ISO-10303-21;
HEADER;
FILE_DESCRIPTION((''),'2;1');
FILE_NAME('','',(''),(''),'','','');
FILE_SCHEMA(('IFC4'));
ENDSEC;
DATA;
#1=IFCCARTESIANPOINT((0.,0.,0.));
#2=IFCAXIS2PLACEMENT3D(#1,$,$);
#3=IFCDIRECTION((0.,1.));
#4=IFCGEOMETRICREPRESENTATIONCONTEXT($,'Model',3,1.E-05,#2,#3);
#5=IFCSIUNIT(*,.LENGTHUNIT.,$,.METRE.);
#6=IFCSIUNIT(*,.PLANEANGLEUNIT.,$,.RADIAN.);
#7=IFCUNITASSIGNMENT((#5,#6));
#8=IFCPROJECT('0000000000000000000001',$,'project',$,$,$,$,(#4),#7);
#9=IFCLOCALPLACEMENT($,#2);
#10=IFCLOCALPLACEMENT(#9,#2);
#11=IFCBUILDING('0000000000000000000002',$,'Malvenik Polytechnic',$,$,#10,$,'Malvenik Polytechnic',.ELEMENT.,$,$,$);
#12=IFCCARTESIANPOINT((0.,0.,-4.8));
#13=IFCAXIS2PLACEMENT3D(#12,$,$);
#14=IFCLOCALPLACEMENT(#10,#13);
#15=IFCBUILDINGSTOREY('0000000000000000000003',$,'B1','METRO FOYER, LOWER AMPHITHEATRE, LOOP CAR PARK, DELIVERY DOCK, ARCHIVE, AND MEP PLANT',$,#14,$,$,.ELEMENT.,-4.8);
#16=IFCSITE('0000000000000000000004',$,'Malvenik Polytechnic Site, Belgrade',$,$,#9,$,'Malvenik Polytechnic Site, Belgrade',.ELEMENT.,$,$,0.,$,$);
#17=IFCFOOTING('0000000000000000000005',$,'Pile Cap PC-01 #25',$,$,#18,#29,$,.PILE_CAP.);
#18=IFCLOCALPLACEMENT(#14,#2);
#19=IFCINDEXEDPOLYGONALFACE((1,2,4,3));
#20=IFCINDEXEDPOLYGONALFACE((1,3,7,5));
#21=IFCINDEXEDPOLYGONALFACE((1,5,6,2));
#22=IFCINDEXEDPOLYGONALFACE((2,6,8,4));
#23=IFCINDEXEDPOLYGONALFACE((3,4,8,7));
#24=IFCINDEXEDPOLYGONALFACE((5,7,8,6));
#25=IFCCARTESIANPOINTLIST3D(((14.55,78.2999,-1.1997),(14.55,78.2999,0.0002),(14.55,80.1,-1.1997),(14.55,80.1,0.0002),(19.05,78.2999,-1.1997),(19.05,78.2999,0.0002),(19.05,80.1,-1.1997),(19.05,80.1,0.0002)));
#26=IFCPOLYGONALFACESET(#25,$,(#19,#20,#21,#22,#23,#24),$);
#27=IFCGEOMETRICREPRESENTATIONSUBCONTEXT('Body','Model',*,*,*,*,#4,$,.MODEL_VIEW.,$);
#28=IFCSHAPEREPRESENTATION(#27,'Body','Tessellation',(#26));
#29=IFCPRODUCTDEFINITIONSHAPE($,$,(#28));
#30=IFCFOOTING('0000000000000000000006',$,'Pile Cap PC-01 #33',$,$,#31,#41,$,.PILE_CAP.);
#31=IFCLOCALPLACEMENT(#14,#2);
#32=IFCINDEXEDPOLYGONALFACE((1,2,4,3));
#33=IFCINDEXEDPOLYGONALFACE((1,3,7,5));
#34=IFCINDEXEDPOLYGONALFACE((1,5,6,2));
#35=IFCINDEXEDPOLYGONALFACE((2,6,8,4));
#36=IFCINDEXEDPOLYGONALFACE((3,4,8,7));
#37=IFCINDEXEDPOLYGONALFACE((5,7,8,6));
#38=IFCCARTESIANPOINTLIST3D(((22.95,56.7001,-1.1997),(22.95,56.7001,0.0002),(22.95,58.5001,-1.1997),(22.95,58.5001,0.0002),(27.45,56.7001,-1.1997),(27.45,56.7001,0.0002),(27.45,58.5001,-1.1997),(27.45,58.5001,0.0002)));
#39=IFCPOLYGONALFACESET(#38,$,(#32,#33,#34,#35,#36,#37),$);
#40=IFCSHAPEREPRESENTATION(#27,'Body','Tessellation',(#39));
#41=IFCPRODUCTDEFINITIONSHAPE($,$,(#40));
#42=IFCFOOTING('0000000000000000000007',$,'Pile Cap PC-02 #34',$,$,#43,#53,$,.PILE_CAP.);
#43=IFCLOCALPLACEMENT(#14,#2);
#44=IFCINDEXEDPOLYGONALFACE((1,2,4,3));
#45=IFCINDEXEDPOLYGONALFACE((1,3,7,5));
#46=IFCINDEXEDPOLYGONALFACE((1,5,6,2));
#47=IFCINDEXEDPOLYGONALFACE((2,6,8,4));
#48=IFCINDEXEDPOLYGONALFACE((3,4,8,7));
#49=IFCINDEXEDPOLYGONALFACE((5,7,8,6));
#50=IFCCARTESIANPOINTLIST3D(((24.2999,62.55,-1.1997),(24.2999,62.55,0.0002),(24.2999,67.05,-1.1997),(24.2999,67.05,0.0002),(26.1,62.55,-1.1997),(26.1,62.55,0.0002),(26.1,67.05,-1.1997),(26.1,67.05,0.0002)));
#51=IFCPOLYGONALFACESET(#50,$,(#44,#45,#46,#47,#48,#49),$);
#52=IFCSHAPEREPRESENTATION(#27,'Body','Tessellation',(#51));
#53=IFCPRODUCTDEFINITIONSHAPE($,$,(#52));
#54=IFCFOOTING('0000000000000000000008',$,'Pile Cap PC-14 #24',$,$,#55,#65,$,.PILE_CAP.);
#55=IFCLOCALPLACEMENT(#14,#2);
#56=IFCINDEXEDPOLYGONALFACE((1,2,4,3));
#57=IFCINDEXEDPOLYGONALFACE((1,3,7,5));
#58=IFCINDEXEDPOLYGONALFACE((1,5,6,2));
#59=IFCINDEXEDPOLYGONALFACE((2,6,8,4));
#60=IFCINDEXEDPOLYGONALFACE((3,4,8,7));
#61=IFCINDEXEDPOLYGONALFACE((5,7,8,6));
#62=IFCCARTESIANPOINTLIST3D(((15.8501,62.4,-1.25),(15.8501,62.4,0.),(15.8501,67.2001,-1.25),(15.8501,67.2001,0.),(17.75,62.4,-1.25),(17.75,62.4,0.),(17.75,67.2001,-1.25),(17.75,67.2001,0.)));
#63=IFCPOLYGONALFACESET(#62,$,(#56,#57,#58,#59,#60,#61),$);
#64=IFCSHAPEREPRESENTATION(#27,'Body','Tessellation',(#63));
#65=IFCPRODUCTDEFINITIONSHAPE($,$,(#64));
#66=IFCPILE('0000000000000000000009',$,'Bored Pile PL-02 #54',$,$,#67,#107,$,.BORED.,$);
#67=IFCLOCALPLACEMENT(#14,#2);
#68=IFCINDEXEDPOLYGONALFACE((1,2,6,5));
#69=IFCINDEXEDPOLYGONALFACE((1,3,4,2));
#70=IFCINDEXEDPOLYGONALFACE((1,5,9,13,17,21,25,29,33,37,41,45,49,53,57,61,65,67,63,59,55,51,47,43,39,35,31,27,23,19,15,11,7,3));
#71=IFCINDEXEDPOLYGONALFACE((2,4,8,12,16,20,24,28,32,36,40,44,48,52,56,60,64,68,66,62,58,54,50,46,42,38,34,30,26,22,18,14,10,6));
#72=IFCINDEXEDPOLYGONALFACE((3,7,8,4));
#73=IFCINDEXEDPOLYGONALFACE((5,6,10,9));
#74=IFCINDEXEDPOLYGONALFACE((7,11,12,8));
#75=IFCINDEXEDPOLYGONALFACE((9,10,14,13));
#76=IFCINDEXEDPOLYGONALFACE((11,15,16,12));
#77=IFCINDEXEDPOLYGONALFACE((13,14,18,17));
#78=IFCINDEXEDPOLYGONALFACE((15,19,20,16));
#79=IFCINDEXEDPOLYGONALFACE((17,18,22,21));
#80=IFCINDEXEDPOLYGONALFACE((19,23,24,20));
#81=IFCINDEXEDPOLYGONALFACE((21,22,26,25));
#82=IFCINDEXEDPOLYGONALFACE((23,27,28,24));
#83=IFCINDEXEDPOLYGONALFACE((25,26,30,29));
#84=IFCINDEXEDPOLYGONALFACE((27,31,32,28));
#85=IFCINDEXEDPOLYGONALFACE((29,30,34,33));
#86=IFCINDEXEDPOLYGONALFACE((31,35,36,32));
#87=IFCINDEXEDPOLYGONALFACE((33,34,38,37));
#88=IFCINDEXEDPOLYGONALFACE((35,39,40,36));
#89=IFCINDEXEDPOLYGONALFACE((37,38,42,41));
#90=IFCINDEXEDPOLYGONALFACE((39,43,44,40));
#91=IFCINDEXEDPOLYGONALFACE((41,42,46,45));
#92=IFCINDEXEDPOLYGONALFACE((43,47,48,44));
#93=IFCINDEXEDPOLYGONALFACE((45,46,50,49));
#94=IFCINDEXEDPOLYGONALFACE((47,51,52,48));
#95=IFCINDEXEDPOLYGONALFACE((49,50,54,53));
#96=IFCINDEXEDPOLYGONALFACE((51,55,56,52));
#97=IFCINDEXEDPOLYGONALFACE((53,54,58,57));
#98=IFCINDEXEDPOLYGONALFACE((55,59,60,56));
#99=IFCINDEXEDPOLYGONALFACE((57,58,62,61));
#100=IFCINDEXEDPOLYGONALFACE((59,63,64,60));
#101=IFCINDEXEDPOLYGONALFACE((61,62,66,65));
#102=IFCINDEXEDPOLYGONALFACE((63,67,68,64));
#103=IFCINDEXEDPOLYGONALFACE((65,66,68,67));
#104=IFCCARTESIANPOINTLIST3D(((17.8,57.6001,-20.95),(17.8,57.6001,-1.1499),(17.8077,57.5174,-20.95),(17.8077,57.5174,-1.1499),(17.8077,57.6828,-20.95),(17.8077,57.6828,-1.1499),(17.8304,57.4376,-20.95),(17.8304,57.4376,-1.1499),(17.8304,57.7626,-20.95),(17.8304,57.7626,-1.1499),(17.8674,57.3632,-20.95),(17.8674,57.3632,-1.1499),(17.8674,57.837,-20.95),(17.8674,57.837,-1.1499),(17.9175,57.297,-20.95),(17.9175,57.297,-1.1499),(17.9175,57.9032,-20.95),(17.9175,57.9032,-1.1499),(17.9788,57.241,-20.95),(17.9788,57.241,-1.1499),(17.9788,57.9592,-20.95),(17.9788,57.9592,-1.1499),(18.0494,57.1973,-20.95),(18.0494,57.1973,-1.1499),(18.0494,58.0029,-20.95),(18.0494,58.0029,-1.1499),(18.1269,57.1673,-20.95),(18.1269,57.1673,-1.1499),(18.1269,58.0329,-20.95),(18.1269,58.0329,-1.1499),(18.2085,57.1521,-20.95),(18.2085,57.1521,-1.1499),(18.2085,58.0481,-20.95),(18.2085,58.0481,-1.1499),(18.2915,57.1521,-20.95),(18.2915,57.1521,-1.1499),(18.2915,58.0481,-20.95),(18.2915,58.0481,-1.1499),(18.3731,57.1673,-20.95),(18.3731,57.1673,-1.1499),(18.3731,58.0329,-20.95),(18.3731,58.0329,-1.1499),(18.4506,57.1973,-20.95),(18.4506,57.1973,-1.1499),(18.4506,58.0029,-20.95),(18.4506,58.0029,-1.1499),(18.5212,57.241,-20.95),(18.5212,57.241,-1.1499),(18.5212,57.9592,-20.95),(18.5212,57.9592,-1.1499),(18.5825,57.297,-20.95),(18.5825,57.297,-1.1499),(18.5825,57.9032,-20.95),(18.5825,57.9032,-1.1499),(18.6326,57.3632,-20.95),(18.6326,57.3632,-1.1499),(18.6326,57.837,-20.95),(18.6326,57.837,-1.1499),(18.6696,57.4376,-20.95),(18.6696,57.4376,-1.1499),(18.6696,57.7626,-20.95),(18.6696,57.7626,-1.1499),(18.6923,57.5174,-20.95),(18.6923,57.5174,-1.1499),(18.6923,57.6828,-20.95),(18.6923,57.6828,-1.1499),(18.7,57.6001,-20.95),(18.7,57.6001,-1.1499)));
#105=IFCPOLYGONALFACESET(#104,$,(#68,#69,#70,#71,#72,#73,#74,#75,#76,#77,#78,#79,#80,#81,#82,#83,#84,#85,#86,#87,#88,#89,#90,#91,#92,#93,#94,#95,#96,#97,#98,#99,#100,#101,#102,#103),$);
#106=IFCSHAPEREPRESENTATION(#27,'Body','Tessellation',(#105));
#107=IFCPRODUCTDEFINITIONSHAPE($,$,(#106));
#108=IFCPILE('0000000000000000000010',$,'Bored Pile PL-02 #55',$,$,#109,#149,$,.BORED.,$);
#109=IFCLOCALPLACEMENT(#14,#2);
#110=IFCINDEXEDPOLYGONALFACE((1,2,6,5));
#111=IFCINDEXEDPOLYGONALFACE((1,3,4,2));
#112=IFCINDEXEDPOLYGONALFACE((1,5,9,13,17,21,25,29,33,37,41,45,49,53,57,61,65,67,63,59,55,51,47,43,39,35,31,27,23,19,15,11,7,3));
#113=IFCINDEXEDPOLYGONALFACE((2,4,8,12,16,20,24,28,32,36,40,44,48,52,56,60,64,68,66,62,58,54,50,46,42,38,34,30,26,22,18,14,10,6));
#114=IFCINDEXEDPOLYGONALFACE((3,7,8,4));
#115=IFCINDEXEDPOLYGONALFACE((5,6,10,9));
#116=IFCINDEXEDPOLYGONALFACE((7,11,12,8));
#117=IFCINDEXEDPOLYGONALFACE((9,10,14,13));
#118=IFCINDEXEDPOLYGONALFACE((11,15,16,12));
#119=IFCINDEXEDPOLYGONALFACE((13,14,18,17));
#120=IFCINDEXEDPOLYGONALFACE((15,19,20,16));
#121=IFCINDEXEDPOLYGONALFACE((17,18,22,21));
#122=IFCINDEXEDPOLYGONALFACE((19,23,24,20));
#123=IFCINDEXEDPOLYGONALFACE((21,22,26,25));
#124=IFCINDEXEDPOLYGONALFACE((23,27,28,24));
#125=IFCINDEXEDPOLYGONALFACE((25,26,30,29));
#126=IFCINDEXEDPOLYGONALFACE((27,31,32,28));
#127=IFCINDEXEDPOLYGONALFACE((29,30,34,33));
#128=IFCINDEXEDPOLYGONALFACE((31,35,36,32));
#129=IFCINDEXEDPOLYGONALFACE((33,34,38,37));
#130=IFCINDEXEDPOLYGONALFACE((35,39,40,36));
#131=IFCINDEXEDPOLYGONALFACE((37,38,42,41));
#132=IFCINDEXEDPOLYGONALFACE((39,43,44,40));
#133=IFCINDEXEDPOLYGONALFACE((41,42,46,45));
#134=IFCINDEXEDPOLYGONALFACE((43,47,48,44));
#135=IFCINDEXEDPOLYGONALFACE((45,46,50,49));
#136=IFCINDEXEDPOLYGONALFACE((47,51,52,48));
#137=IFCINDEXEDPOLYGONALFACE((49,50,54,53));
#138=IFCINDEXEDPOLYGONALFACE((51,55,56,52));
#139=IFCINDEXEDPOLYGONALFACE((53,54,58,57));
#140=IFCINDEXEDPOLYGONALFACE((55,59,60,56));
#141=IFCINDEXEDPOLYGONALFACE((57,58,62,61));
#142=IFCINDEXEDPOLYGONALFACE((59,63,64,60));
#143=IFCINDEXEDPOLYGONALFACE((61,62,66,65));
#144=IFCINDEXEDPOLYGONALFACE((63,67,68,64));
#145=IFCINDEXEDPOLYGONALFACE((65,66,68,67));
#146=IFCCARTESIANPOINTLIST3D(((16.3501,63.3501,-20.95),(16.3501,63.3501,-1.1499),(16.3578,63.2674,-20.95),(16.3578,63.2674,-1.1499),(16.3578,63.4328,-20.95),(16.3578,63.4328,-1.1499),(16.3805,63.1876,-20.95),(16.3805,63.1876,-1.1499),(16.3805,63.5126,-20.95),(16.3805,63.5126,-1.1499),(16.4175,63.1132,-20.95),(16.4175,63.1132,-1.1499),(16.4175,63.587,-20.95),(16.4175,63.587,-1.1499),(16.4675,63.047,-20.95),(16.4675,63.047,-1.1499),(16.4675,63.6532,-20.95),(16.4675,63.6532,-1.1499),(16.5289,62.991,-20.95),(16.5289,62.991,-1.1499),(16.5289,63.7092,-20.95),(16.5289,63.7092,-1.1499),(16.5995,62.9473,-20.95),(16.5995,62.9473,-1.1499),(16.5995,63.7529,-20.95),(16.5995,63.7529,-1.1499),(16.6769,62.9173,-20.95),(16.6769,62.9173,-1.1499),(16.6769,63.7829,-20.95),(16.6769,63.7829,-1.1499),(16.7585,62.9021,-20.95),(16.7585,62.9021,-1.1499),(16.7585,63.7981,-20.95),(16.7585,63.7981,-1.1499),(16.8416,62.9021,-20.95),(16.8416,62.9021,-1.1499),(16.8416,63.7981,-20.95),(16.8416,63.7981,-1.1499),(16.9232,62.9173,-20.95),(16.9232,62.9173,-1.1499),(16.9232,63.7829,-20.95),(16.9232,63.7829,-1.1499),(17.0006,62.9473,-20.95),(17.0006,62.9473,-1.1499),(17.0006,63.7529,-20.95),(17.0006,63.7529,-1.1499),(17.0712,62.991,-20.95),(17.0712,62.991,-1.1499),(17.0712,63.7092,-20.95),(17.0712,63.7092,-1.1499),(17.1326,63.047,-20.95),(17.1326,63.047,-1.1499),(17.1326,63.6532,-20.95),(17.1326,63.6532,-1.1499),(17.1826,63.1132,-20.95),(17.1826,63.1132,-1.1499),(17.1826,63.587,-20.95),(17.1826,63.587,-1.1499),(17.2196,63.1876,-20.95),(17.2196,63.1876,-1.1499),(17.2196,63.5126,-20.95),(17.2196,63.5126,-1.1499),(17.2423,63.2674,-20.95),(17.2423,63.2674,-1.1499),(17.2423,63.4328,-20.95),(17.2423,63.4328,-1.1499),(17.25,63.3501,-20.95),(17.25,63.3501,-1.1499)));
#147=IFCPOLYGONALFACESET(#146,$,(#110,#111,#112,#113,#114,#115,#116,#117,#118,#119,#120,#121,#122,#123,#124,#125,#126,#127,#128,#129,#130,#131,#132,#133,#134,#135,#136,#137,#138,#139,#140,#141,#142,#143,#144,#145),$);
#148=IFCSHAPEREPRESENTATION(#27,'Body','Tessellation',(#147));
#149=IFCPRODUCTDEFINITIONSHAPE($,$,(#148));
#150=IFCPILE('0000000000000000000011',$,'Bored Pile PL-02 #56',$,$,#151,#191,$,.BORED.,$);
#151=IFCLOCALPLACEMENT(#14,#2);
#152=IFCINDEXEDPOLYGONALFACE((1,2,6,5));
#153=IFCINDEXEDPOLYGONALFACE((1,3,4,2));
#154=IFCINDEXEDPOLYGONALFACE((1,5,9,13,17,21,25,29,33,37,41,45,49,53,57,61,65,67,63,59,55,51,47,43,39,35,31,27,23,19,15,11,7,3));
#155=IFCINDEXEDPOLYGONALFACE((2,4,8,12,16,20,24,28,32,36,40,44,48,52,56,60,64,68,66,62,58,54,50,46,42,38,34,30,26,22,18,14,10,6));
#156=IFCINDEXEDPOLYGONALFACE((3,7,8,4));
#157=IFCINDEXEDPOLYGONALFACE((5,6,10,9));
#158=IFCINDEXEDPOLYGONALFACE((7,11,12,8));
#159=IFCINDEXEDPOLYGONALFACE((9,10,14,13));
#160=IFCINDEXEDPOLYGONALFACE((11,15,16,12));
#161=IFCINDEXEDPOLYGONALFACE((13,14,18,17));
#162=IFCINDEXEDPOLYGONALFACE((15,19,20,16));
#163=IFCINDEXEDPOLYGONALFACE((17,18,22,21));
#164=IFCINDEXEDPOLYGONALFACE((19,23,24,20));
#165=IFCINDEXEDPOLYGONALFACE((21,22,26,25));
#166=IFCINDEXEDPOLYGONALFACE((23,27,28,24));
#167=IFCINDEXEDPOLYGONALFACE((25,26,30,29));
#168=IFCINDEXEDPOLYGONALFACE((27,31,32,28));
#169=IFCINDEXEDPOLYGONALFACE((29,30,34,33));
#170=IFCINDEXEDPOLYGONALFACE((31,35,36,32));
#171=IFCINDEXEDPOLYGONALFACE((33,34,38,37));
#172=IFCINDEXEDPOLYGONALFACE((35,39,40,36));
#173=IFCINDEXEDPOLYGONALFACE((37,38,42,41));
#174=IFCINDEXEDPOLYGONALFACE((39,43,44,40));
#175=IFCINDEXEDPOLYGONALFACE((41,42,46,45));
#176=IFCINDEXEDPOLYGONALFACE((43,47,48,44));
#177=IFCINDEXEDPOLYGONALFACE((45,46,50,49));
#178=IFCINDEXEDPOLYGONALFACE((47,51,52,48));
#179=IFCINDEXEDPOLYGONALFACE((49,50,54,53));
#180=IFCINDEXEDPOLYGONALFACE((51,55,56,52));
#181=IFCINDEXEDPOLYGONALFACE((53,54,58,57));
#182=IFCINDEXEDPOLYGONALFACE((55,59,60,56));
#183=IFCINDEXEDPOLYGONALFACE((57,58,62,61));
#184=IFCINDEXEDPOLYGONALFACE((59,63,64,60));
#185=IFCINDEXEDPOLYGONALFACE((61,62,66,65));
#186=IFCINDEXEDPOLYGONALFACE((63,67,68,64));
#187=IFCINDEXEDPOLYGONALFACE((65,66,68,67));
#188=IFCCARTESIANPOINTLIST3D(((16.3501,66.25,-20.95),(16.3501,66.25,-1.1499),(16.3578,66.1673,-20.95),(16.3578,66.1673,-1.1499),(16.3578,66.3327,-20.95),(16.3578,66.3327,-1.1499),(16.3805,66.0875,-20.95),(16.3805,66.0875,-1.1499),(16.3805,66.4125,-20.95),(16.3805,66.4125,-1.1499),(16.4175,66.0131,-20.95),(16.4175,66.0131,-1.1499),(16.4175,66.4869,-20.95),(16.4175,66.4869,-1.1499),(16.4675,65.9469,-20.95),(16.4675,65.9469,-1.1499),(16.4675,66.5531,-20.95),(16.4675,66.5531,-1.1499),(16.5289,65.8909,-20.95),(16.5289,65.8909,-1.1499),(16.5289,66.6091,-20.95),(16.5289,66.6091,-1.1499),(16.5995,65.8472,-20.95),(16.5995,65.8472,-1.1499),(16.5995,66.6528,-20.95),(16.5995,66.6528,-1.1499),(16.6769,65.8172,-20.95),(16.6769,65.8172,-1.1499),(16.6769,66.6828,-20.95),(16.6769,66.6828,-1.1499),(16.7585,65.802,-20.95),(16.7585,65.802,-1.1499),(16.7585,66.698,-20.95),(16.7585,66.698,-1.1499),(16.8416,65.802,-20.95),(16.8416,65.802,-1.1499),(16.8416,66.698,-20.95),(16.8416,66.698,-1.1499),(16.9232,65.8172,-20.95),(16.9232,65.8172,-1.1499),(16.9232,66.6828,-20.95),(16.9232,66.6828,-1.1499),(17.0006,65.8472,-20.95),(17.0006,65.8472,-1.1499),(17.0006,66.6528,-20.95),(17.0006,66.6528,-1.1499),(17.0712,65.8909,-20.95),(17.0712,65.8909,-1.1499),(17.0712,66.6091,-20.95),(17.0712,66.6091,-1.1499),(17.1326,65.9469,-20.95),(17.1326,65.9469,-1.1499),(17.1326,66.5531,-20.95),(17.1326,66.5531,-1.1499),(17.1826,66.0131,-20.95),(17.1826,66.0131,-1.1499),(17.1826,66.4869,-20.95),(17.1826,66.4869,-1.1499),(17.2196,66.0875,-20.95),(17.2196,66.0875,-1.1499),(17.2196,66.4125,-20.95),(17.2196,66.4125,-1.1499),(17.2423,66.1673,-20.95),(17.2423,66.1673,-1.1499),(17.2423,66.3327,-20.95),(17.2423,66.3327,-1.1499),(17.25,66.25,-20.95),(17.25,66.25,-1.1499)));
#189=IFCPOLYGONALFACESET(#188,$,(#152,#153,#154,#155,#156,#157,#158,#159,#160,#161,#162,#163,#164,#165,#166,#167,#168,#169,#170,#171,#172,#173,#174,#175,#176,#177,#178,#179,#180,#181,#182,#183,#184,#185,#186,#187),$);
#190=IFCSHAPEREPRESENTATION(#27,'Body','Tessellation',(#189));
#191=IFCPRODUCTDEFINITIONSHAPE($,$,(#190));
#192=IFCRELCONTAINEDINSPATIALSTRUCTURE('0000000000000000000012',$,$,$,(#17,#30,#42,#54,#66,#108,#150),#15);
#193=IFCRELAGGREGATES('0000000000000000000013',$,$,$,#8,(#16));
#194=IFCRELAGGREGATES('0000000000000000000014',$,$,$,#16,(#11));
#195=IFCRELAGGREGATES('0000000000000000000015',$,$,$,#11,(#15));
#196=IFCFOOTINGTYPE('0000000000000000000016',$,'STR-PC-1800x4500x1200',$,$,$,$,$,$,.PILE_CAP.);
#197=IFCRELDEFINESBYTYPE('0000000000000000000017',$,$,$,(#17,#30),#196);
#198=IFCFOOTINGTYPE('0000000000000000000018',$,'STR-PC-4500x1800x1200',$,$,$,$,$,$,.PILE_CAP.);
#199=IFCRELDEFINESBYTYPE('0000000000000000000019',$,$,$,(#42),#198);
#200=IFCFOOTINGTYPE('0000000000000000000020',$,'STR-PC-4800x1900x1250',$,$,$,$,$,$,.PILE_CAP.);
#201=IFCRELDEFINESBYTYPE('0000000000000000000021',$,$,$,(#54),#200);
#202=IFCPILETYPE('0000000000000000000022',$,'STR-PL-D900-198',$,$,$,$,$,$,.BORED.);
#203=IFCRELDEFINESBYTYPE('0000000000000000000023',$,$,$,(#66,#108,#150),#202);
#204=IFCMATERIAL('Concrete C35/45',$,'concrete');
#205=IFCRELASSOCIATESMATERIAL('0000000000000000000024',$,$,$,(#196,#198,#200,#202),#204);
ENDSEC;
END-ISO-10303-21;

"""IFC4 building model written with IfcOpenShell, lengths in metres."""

from ifc_helpers import new_model, si_unit, direction, frame, origin, origin_2d, place, context, subcontext, project, spatial, rectangle, circle, extrude, material, material_profile, profile_set, type_object, element, save


model = new_model("IFC4")

# Units and contexts
model_context = context("Model", 3, precision=1e-05, world=origin(), true_north=direction((0.0, 1.0)))
body_context = subcontext(model_context, "Body", "Model", "MODEL_VIEW")
ifc_project = project(units=[si_unit("LENGTHUNIT", "METRE"), si_unit("PLANEANGLEUNIT", "RADIAN")], contexts=[model_context])

# Site, building, storey
site_placement = place(None, origin())
site = spatial("IfcSite", under=ifc_project, at=site_placement, Name="Malvenik Polytechnic Site, Belgrade", LongName="Malvenik Polytechnic Site, Belgrade", CompositionType="ELEMENT", RefElevation=0.0)
building_placement = place(site_placement, origin())
building = spatial("IfcBuilding", under=site, at=building_placement, Name="Malvenik Polytechnic", LongName="Malvenik Polytechnic", CompositionType="ELEMENT")
storey_placement = place(building_placement, frame((0.0, 0.0, -4.8)))
storey = spatial("IfcBuildingStorey", under=building, at=storey_placement, Name="B1", Description="METRO FOYER, LOWER AMPHITHEATRE, LOOP CAR PARK, DELIVERY DOCK, ARCHIVE, AND MEP PLANT", CompositionType="ELEMENT", Elevation=-4.8)

# Footings
ifc_material_1 = material(Name="Concrete C35/45", Category="concrete")
footing_type_1 = type_object("IfcFootingType", Name="STR-PC-1800x4500x1200", PredefinedType="PILE_CAP", material=ifc_material_1)
for number, where, z_axis, x_axis, name in (
    (1, (16.8, 79.2, -1.1997), (0.0, 0.0, 1.0), (1.0, 0.0, 0.0), "Pile Cap PC-01 #25"),
    (2, (25.2, 57.6001, -1.1997), (0.0, 0.0, 1.0), (1.0, 0.0, 0.0), "Pile Cap PC-01 #33"),
):
    element("IfcFooting", number, at=place(storey_placement, frame(where, z_axis=z_axis, x_axis=x_axis)), inside=storey, type_object=footing_type_1, Name=name, PredefinedType="PILE_CAP", context=body_context, shape_type="SweptSolid", body=[
        extrude(rectangle(XDim=4.5, YDim=1.8, at=origin_2d()), origin(), (0.0, 0.0, 1.0), 1.2),
    ])
footing_type_2 = type_object("IfcFootingType", Name="STR-PC-4500x1800x1200", PredefinedType="PILE_CAP", material=ifc_material_1)
footing_1_placement = place(storey_placement, frame((25.2, 64.8, -1.1997), z_axis=(0.0, 0.0, 1.0), x_axis=(1.0, 0.0, 0.0)))
element("IfcFooting", 3, at=footing_1_placement, inside=storey, type_object=footing_type_2, Name="Pile Cap PC-02 #34", PredefinedType="PILE_CAP", context=body_context, shape_type="SweptSolid", body=[
    extrude(rectangle(XDim=1.8, YDim=4.5, at=origin_2d()), origin(), (0.0, 0.0, 1.0), 1.2),
])
footing_type_3 = type_object("IfcFootingType", Name="STR-PC-4800x1900x1250", PredefinedType="PILE_CAP", material=ifc_material_1)
footing_2_placement = place(storey_placement, frame((16.8, 64.8, -1.25), z_axis=(0.0, 0.0, 1.0), x_axis=(1.0, 0.0, 0.0)))
element("IfcFooting", 4, at=footing_2_placement, inside=storey, type_object=footing_type_3, Name="Pile Cap PC-14 #24", PredefinedType="PILE_CAP", context=body_context, shape_type="SweptSolid", body=[
    extrude(rectangle(XDim=1.8999, YDim=4.8, at=origin_2d()), origin(), (0.0, 0.0, 1.0), 1.25),
])

# Piles
ifc_material_profile_1 = material_profile(ifc_material_1, circle(Radius=0.45, at=origin_2d()), Name="BORED PILE D900")
ifc_profile_set_1 = profile_set([ifc_material_profile_1], Name="Concrete C35/45")
pile_type = type_object("IfcPileType", Name="STR-PL-D900-198", PredefinedType="BORED", material=ifc_profile_set_1)
for number, where, z_axis, x_axis, name in (
    (5, (18.25, 57.6001, -1.1499), (0.0, 0.0, -1.0), (1.0, 0.0, 0.0), "Bored Pile PL-02 #54"),
    (6, (16.8, 63.3501, -1.1499), (0.0, 0.0, -1.0), (1.0, 0.0, 0.0), "Bored Pile PL-02 #55"),
    (7, (16.8, 66.25, -1.1499), (0.0, 0.0, -1.0), (1.0, 0.0, 0.0), "Bored Pile PL-02 #56"),
):
    element("IfcPile", number, at=place(storey_placement, frame(where, z_axis=z_axis, x_axis=x_axis)), inside=storey, type_object=pile_type, Name=name, PredefinedType="BORED", context=body_context, shape_type="SweptSolid", body=[
        extrude(circle(Radius=0.45, at=origin_2d()), origin(), (0.0, 0.0, 1.0), 19.8),
    ])

save(model, "model.ifc")
